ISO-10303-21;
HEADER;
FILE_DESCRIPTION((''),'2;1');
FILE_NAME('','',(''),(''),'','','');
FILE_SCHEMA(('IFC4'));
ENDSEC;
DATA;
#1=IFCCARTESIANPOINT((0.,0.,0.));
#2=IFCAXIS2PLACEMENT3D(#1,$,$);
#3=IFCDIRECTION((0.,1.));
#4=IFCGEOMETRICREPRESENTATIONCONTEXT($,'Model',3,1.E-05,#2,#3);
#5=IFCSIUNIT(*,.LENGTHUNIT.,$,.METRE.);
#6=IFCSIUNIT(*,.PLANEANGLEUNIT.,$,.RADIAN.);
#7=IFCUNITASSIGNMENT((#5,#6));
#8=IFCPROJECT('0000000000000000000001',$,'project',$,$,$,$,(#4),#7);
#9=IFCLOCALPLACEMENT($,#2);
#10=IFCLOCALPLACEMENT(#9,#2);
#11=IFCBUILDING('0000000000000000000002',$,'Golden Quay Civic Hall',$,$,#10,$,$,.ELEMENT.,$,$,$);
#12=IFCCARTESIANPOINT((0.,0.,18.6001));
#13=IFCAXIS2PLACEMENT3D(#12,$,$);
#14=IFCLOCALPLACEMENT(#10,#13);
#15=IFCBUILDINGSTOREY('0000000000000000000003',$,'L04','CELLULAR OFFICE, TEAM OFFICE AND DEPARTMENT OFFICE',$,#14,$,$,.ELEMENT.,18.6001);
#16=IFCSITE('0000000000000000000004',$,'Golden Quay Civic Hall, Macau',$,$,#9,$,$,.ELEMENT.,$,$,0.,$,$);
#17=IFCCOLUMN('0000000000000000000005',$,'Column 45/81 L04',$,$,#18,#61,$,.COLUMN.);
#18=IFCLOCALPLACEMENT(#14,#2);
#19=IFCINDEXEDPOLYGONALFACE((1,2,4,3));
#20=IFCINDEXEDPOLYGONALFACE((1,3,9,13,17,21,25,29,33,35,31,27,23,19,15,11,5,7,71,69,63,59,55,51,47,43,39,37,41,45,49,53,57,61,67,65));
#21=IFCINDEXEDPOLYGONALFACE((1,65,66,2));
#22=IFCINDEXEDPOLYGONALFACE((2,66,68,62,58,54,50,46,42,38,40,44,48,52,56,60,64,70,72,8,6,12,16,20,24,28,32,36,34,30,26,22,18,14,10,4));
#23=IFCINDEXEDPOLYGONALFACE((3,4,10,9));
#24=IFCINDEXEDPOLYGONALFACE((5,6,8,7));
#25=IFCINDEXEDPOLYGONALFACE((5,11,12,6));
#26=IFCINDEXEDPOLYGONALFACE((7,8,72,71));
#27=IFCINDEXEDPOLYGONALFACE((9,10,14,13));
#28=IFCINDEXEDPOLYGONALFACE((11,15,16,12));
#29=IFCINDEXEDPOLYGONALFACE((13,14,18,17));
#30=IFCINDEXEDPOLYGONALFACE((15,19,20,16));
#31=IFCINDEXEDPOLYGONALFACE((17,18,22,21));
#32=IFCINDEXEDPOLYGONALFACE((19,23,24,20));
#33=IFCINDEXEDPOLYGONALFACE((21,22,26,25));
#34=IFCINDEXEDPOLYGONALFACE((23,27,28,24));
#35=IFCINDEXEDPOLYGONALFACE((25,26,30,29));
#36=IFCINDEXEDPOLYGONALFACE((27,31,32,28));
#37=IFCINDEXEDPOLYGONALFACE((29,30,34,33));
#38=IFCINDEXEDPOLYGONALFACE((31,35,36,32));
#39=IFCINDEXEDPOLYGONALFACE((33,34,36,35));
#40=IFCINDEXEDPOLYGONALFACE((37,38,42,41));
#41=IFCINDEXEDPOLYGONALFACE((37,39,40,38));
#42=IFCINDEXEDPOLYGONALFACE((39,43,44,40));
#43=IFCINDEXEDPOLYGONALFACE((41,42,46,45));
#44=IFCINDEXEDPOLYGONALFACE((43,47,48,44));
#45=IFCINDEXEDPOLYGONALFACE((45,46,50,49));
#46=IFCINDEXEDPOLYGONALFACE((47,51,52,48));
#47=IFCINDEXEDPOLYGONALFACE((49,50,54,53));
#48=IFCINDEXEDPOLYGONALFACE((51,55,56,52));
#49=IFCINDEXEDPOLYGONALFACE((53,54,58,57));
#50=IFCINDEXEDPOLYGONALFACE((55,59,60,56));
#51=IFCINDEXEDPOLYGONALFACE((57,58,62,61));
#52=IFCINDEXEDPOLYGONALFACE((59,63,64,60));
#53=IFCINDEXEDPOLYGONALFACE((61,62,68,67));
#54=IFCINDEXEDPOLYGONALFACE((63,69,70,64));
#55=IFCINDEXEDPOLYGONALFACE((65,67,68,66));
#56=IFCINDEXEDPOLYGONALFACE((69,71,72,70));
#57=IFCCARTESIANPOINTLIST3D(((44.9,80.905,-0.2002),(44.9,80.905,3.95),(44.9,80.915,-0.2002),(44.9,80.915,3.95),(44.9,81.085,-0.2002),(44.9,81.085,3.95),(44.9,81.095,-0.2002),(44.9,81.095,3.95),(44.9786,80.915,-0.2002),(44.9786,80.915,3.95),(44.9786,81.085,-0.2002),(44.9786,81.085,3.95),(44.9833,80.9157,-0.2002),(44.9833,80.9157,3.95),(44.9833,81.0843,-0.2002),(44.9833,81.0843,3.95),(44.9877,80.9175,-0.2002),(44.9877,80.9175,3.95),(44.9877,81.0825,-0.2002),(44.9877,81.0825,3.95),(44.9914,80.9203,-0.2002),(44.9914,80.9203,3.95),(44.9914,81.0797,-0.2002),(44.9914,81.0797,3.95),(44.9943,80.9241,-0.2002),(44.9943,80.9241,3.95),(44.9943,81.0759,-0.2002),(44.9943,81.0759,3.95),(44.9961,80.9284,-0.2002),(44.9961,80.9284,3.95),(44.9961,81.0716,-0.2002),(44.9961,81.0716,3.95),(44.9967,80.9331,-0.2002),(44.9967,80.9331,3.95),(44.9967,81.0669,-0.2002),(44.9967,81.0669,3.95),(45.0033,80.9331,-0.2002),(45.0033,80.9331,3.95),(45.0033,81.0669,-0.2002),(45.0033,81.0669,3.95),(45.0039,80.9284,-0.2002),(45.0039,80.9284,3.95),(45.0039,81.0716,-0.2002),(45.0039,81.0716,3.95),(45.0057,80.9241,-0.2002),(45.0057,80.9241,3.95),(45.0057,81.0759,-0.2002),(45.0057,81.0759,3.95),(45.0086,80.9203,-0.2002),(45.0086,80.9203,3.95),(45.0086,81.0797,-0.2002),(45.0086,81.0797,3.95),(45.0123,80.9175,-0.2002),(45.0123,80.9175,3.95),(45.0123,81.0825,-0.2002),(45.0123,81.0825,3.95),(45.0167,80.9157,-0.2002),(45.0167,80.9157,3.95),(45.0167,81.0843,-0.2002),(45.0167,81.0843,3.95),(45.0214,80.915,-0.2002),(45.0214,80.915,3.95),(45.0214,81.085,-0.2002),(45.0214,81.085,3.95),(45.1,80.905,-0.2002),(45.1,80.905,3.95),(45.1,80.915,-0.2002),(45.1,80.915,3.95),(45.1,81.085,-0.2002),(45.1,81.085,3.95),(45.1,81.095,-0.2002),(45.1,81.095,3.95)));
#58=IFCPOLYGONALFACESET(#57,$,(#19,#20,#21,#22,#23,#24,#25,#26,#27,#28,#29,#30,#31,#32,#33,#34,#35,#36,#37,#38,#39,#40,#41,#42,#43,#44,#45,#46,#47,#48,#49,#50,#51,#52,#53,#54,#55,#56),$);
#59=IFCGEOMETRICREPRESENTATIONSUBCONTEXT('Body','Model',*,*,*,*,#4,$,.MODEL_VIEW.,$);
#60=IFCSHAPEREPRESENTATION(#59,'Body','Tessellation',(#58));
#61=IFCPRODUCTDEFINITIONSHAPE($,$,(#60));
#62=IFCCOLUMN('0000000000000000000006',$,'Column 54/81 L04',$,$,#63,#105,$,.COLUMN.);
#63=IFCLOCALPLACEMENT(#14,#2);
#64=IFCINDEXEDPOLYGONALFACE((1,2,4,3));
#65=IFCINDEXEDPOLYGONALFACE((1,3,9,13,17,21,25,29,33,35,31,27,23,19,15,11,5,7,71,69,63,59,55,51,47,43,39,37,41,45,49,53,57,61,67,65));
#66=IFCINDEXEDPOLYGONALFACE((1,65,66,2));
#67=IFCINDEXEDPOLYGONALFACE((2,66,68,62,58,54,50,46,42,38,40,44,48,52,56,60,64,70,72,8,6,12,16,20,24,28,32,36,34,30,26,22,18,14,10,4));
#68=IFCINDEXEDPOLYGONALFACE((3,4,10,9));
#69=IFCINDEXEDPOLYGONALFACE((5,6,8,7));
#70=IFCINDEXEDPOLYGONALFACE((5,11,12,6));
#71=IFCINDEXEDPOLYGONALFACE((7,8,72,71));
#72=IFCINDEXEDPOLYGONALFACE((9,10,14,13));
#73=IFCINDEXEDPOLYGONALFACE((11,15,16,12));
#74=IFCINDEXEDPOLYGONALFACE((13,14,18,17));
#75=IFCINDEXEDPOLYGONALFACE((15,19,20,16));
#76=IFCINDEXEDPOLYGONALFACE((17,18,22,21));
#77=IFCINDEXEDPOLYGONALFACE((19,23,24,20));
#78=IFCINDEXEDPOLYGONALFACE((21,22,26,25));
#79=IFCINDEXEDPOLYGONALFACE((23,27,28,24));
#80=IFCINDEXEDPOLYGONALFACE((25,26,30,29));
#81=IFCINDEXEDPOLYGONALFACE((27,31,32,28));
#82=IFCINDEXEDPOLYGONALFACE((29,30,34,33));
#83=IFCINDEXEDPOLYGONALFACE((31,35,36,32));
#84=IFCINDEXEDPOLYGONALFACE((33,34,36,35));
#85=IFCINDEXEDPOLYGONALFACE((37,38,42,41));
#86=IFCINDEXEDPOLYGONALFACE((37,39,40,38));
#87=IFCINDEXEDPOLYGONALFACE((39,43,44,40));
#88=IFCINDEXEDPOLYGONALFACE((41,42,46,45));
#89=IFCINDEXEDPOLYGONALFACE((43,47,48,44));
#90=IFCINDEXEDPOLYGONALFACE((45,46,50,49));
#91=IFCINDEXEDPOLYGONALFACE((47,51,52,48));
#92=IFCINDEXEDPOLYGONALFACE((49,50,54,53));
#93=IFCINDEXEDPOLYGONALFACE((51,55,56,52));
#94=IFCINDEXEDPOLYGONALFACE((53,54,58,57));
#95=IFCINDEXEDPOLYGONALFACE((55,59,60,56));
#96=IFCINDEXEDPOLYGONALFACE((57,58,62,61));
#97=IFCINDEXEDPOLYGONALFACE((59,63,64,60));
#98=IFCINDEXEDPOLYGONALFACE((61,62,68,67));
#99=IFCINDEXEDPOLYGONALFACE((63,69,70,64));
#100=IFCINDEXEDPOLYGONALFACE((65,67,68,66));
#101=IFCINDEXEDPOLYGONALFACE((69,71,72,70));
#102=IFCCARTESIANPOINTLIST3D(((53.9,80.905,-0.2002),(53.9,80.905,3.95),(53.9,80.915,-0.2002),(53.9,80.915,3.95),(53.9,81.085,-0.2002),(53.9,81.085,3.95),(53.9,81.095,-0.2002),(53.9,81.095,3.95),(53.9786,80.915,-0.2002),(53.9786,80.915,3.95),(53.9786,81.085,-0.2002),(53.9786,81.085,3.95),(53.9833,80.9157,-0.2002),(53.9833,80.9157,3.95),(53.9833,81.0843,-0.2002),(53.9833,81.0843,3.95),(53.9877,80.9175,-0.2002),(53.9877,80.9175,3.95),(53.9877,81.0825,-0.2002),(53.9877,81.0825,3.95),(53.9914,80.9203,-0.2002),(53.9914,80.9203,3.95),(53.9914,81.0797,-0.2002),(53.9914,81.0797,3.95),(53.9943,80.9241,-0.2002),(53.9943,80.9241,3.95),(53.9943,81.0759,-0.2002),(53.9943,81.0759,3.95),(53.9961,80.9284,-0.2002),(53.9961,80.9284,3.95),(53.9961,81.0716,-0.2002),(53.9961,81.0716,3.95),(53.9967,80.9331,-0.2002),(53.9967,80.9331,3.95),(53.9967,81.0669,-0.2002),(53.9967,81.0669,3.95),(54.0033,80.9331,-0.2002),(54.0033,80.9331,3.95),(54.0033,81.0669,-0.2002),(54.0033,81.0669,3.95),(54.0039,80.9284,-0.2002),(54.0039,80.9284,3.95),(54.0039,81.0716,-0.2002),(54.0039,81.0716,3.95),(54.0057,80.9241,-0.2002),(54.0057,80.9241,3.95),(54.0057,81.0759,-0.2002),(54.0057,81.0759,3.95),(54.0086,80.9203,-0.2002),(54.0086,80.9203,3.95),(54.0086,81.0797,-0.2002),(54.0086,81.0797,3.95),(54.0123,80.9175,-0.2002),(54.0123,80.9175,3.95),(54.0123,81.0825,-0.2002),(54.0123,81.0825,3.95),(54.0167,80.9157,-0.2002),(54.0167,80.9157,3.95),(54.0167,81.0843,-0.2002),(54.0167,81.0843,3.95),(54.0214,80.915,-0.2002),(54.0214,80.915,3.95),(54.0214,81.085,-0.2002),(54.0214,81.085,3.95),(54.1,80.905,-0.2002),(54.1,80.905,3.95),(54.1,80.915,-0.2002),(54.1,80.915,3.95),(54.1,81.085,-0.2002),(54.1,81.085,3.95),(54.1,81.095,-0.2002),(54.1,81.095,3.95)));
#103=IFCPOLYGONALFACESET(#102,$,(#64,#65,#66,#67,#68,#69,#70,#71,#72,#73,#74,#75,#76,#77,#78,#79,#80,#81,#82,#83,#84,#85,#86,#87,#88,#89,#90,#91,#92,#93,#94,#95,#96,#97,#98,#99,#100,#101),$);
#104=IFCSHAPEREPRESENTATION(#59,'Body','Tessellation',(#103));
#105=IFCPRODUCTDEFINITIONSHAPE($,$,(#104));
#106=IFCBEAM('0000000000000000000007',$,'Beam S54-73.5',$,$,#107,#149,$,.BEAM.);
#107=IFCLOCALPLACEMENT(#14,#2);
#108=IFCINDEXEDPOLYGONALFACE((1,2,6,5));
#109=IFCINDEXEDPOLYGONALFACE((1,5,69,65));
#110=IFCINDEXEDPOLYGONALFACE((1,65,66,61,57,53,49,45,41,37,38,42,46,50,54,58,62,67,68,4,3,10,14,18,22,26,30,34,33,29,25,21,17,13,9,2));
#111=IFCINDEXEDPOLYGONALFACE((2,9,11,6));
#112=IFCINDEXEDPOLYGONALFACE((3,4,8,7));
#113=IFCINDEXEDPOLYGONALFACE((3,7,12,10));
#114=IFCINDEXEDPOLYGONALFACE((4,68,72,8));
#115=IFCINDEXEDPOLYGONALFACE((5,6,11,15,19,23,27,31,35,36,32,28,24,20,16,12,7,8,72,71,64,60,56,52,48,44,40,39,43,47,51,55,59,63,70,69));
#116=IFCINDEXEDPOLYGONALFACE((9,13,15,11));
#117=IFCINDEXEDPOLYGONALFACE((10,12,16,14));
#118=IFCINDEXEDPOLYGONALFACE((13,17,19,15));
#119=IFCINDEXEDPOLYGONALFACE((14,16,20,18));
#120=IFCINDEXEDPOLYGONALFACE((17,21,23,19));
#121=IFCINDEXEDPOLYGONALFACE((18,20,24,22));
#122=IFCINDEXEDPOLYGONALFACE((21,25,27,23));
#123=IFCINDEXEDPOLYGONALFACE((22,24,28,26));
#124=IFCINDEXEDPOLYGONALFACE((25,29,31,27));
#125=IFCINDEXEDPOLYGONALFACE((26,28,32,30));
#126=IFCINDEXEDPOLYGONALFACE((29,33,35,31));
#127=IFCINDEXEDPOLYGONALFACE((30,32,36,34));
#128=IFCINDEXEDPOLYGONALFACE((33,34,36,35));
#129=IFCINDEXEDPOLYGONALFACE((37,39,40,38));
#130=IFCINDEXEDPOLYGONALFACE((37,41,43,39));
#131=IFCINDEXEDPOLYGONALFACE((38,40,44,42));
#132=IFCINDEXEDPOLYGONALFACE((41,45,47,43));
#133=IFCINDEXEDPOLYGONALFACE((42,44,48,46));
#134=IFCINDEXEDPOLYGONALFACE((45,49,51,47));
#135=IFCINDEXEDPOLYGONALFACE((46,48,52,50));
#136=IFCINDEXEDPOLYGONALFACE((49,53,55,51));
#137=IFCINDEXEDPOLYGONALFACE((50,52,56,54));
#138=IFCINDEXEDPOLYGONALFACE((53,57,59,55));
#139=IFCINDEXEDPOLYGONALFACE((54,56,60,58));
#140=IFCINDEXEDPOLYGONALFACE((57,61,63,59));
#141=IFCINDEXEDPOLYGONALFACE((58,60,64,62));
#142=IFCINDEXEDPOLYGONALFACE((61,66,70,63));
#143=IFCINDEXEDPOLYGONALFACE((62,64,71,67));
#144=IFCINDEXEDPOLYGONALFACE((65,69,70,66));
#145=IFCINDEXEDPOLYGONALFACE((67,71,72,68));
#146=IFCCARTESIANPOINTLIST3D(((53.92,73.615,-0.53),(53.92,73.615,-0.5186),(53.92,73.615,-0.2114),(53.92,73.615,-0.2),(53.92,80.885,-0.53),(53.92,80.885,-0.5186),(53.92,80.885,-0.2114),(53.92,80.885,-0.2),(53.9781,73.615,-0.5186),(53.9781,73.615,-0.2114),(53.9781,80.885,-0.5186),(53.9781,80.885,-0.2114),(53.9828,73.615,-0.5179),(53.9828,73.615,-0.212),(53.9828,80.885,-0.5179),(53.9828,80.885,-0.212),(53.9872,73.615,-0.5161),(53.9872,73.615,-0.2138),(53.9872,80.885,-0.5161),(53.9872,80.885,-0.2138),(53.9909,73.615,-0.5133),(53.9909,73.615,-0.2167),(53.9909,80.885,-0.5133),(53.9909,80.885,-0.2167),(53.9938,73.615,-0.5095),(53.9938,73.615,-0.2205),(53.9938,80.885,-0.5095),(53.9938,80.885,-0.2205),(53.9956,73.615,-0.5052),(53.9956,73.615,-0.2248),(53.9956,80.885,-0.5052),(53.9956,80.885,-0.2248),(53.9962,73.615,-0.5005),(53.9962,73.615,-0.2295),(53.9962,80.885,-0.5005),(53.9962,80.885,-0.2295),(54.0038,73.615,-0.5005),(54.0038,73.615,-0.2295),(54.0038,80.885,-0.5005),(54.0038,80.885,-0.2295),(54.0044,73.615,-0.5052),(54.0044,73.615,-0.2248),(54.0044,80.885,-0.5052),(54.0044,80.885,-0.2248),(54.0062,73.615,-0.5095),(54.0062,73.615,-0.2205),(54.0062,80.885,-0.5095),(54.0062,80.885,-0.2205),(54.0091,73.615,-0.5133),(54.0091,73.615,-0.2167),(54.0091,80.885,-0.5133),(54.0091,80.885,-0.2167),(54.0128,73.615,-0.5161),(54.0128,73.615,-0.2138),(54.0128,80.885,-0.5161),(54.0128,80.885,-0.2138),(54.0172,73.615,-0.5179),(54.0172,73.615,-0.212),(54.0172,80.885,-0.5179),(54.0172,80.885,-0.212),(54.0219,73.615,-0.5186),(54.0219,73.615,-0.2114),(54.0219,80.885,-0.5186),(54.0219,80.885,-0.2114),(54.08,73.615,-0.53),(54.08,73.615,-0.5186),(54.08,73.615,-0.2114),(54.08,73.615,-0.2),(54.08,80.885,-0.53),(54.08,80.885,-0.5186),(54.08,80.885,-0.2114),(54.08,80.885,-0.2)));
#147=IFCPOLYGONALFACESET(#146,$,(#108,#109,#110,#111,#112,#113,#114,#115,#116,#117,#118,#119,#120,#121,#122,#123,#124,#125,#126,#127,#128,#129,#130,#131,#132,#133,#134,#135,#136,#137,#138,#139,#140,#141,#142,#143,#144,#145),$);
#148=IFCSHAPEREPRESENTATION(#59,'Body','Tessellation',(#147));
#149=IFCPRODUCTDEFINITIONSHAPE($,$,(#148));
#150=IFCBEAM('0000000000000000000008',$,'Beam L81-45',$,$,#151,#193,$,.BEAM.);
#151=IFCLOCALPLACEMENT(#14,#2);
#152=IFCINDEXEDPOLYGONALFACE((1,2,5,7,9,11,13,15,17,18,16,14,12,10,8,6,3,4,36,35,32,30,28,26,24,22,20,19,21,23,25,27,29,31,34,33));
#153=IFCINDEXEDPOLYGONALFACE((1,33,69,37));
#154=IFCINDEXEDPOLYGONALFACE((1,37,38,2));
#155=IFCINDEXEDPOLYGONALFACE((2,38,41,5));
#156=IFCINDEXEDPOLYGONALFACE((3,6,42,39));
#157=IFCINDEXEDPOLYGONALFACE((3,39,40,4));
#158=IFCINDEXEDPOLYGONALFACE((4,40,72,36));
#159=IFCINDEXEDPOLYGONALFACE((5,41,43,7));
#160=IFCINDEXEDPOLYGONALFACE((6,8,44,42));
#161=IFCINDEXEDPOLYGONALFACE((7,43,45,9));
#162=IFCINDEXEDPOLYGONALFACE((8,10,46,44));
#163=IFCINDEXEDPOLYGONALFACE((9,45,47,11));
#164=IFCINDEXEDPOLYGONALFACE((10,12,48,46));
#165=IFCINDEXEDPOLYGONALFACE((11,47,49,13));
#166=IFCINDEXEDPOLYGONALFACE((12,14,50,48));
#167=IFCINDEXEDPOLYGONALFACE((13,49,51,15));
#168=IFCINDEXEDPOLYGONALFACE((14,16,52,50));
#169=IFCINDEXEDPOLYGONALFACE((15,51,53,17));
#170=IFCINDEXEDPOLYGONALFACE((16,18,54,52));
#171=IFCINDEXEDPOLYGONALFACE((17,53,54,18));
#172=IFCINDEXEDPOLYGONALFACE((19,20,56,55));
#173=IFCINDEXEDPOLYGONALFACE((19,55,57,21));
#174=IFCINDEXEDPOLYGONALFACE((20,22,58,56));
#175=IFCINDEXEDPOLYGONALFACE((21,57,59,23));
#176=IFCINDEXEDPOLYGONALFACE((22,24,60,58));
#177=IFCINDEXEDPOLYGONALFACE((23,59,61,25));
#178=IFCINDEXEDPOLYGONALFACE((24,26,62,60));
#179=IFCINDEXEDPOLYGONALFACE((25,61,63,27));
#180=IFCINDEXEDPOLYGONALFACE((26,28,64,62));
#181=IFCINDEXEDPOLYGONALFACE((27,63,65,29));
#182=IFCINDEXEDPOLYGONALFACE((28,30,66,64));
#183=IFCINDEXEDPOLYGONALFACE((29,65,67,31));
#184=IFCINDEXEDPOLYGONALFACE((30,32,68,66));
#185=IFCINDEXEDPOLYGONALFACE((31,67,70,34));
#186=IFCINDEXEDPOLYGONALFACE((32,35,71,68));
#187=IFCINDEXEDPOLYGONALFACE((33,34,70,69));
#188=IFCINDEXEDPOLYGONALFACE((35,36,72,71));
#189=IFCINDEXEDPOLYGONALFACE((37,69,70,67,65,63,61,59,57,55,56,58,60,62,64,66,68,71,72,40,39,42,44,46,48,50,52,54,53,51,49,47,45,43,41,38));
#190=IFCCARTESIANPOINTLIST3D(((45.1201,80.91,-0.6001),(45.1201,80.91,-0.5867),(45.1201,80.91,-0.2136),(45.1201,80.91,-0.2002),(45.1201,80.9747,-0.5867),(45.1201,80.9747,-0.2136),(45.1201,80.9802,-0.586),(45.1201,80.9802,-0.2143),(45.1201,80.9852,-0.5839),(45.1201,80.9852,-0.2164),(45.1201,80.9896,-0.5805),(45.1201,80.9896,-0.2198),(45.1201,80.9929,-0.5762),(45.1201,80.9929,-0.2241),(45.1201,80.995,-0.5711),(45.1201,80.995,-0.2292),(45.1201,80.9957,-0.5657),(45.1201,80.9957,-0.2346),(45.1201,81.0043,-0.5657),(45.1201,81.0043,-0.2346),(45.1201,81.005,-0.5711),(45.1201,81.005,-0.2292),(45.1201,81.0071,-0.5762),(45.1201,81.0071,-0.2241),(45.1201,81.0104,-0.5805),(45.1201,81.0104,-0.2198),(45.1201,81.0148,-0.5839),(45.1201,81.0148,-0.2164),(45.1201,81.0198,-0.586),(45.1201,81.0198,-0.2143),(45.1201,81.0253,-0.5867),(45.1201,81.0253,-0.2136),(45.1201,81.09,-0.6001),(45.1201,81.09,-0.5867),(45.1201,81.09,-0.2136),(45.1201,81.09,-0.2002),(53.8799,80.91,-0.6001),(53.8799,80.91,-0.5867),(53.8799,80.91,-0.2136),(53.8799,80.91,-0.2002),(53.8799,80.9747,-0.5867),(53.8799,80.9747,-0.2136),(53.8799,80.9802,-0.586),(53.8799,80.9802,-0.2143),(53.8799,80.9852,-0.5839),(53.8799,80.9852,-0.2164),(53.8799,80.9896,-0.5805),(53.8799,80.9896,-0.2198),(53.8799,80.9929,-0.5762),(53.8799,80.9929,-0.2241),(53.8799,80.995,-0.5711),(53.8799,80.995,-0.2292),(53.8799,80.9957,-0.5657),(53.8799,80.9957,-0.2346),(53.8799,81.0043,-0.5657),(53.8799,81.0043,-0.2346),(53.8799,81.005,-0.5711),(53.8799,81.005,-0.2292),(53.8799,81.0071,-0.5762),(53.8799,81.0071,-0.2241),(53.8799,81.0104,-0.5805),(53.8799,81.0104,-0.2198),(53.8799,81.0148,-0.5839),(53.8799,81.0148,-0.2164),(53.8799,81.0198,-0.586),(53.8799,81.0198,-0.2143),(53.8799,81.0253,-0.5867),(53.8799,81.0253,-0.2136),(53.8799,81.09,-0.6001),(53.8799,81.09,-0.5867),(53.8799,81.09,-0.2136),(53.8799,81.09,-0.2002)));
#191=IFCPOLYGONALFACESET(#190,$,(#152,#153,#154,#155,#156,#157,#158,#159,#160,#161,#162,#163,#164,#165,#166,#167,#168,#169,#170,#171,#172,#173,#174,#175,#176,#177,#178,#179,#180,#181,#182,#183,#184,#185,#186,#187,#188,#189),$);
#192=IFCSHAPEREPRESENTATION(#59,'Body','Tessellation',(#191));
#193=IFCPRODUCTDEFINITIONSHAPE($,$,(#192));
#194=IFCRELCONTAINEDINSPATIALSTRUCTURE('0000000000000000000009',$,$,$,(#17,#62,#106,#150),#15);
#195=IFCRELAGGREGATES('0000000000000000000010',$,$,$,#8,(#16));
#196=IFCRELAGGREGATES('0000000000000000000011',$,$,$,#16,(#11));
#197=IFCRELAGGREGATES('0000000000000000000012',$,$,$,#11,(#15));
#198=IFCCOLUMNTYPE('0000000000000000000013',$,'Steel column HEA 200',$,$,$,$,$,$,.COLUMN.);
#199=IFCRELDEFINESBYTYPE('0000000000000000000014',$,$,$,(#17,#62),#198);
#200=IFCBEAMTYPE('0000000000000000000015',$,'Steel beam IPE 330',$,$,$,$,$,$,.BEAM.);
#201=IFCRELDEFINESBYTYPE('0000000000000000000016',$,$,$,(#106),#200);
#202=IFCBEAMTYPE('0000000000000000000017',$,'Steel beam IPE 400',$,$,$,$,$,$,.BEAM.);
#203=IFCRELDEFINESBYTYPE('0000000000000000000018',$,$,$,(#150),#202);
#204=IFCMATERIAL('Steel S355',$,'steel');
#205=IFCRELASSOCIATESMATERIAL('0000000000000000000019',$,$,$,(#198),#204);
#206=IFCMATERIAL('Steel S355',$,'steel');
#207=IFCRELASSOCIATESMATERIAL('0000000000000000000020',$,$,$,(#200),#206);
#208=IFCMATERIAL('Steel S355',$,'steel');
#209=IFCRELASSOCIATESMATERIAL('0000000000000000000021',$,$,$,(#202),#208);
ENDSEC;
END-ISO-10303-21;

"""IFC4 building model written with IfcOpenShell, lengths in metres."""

from ifc_helpers import new_model, si_unit, direction, frame, origin, origin_2d, place, context, subcontext, project, spatial, i_section, extrude, material, material_profile, profile_set, type_object, element, save


model = new_model("IFC4")

# Units and contexts
model_context = context("Model", 3, precision=1e-05, world=origin(), true_north=direction((0.0, 1.0)))
body_context = subcontext(model_context, "Body", "Model", "MODEL_VIEW")
ifc_project = project(units=[si_unit("LENGTHUNIT", "METRE"), si_unit("PLANEANGLEUNIT", "RADIAN")], contexts=[model_context])

# Site, building, storey
site_placement = place(None, origin())
site = spatial("IfcSite", under=ifc_project, at=site_placement, Name="Golden Quay Civic Hall, Macau", CompositionType="ELEMENT", RefElevation=0.0)
building_placement = place(site_placement, origin())
building = spatial("IfcBuilding", under=site, at=building_placement, Name="Golden Quay Civic Hall", CompositionType="ELEMENT")
storey_placement = place(building_placement, frame((0.0, 0.0, 18.6001)))
storey = spatial("IfcBuildingStorey", under=building, at=storey_placement, Name="L04", Description="CELLULAR OFFICE, TEAM OFFICE AND DEPARTMENT OFFICE", CompositionType="ELEMENT", Elevation=18.6001)

# Columns
ifc_material_1 = material(Name="Steel S355", Category="steel")
ifc_material_profile_1 = material_profile(ifc_material_1, i_section(OverallWidth=0.2, OverallDepth=0.1899, WebThickness=0.0066, FlangeThickness=0.01, FilletRadius=0.0181, at=origin_2d()), Name="HEA 200")
ifc_profile_set_1 = profile_set([ifc_material_profile_1], Name="Steel S355")
column_type = type_object("IfcColumnType", Name="Steel column HEA 200", PredefinedType="COLUMN", material=ifc_profile_set_1)
for number, where, z_axis, x_axis, name in (
    (1, (45.0, 81.0, -0.2002), (0.0, 0.0, 1.0), (1.0, 0.0, 0.0), "Column 45/81 L04"),
    (2, (54.0, 81.0, -0.2002), (0.0, 0.0, 1.0), (1.0, 0.0, 0.0), "Column 54/81 L04"),
):
    element("IfcColumn", number, at=place(storey_placement, frame(where, z_axis=z_axis, x_axis=x_axis)), inside=storey, type_object=column_type, Name=name, PredefinedType="COLUMN", context=body_context, shape_type="SweptSolid", body=[
        extrude(i_section(OverallWidth=0.2, OverallDepth=0.1899, WebThickness=0.0066, FlangeThickness=0.01, FilletRadius=0.0181, at=origin_2d()), origin(), (0.0, 0.0, 1.0), 4.1501),
    ])

# Beams
ifc_material_2 = material(Name="Steel S355", Category="steel")
ifc_material_profile_2 = material_profile(ifc_material_2, i_section(OverallWidth=0.1599, OverallDepth=0.3301, WebThickness=0.0076, FlangeThickness=0.0115, FilletRadius=0.0181, at=origin_2d()), Name="IPE 330")
ifc_profile_set_2 = profile_set([ifc_material_profile_2], Name="Steel S355")
beam_type_1 = type_object("IfcBeamType", Name="Steel beam IPE 330", PredefinedType="BEAM", material=ifc_profile_set_2)
beam_1_placement = place(storey_placement, frame((54.0, 73.615, -0.365), z_axis=(0.0, 1.0, 0.0), x_axis=(-1.0, 0.0, 0.0)))
element("IfcBeam", 3, at=beam_1_placement, inside=storey, type_object=beam_type_1, Name="Beam S54-73.5", PredefinedType="BEAM", context=body_context, shape_type="SweptSolid", body=[
    extrude(i_section(OverallWidth=0.1599, OverallDepth=0.3301, WebThickness=0.0076, FlangeThickness=0.0115, FilletRadius=0.0181, at=origin_2d()), origin(), (0.0, 0.0, 1.0), 7.27),
])
ifc_material_3 = material(Name="Steel S355", Category="steel")
ifc_material_profile_3 = material_profile(ifc_material_3, i_section(OverallWidth=0.1799, OverallDepth=0.3999, WebThickness=0.0085, FlangeThickness=0.0134, FilletRadius=0.021, at=origin_2d()), Name="IPE 400")
ifc_profile_set_3 = profile_set([ifc_material_profile_3], Name="Steel S355")
beam_type_2 = type_object("IfcBeamType", Name="Steel beam IPE 400", PredefinedType="BEAM", material=ifc_profile_set_3)
beam_2_placement = place(storey_placement, frame((45.1201, 81.0, -0.4001), z_axis=(1.0, 0.0, 0.0), x_axis=(0.0, 1.0, 0.0)))
element("IfcBeam", 4, at=beam_2_placement, inside=storey, type_object=beam_type_2, Name="Beam L81-45", PredefinedType="BEAM", context=body_context, shape_type="SweptSolid", body=[
    extrude(i_section(OverallWidth=0.1799, OverallDepth=0.3999, WebThickness=0.0085, FlangeThickness=0.0134, FilletRadius=0.021, at=origin_2d()), origin(), (0.0, 0.0, 1.0), 8.7598),
])

save(model, "model.ifc")
